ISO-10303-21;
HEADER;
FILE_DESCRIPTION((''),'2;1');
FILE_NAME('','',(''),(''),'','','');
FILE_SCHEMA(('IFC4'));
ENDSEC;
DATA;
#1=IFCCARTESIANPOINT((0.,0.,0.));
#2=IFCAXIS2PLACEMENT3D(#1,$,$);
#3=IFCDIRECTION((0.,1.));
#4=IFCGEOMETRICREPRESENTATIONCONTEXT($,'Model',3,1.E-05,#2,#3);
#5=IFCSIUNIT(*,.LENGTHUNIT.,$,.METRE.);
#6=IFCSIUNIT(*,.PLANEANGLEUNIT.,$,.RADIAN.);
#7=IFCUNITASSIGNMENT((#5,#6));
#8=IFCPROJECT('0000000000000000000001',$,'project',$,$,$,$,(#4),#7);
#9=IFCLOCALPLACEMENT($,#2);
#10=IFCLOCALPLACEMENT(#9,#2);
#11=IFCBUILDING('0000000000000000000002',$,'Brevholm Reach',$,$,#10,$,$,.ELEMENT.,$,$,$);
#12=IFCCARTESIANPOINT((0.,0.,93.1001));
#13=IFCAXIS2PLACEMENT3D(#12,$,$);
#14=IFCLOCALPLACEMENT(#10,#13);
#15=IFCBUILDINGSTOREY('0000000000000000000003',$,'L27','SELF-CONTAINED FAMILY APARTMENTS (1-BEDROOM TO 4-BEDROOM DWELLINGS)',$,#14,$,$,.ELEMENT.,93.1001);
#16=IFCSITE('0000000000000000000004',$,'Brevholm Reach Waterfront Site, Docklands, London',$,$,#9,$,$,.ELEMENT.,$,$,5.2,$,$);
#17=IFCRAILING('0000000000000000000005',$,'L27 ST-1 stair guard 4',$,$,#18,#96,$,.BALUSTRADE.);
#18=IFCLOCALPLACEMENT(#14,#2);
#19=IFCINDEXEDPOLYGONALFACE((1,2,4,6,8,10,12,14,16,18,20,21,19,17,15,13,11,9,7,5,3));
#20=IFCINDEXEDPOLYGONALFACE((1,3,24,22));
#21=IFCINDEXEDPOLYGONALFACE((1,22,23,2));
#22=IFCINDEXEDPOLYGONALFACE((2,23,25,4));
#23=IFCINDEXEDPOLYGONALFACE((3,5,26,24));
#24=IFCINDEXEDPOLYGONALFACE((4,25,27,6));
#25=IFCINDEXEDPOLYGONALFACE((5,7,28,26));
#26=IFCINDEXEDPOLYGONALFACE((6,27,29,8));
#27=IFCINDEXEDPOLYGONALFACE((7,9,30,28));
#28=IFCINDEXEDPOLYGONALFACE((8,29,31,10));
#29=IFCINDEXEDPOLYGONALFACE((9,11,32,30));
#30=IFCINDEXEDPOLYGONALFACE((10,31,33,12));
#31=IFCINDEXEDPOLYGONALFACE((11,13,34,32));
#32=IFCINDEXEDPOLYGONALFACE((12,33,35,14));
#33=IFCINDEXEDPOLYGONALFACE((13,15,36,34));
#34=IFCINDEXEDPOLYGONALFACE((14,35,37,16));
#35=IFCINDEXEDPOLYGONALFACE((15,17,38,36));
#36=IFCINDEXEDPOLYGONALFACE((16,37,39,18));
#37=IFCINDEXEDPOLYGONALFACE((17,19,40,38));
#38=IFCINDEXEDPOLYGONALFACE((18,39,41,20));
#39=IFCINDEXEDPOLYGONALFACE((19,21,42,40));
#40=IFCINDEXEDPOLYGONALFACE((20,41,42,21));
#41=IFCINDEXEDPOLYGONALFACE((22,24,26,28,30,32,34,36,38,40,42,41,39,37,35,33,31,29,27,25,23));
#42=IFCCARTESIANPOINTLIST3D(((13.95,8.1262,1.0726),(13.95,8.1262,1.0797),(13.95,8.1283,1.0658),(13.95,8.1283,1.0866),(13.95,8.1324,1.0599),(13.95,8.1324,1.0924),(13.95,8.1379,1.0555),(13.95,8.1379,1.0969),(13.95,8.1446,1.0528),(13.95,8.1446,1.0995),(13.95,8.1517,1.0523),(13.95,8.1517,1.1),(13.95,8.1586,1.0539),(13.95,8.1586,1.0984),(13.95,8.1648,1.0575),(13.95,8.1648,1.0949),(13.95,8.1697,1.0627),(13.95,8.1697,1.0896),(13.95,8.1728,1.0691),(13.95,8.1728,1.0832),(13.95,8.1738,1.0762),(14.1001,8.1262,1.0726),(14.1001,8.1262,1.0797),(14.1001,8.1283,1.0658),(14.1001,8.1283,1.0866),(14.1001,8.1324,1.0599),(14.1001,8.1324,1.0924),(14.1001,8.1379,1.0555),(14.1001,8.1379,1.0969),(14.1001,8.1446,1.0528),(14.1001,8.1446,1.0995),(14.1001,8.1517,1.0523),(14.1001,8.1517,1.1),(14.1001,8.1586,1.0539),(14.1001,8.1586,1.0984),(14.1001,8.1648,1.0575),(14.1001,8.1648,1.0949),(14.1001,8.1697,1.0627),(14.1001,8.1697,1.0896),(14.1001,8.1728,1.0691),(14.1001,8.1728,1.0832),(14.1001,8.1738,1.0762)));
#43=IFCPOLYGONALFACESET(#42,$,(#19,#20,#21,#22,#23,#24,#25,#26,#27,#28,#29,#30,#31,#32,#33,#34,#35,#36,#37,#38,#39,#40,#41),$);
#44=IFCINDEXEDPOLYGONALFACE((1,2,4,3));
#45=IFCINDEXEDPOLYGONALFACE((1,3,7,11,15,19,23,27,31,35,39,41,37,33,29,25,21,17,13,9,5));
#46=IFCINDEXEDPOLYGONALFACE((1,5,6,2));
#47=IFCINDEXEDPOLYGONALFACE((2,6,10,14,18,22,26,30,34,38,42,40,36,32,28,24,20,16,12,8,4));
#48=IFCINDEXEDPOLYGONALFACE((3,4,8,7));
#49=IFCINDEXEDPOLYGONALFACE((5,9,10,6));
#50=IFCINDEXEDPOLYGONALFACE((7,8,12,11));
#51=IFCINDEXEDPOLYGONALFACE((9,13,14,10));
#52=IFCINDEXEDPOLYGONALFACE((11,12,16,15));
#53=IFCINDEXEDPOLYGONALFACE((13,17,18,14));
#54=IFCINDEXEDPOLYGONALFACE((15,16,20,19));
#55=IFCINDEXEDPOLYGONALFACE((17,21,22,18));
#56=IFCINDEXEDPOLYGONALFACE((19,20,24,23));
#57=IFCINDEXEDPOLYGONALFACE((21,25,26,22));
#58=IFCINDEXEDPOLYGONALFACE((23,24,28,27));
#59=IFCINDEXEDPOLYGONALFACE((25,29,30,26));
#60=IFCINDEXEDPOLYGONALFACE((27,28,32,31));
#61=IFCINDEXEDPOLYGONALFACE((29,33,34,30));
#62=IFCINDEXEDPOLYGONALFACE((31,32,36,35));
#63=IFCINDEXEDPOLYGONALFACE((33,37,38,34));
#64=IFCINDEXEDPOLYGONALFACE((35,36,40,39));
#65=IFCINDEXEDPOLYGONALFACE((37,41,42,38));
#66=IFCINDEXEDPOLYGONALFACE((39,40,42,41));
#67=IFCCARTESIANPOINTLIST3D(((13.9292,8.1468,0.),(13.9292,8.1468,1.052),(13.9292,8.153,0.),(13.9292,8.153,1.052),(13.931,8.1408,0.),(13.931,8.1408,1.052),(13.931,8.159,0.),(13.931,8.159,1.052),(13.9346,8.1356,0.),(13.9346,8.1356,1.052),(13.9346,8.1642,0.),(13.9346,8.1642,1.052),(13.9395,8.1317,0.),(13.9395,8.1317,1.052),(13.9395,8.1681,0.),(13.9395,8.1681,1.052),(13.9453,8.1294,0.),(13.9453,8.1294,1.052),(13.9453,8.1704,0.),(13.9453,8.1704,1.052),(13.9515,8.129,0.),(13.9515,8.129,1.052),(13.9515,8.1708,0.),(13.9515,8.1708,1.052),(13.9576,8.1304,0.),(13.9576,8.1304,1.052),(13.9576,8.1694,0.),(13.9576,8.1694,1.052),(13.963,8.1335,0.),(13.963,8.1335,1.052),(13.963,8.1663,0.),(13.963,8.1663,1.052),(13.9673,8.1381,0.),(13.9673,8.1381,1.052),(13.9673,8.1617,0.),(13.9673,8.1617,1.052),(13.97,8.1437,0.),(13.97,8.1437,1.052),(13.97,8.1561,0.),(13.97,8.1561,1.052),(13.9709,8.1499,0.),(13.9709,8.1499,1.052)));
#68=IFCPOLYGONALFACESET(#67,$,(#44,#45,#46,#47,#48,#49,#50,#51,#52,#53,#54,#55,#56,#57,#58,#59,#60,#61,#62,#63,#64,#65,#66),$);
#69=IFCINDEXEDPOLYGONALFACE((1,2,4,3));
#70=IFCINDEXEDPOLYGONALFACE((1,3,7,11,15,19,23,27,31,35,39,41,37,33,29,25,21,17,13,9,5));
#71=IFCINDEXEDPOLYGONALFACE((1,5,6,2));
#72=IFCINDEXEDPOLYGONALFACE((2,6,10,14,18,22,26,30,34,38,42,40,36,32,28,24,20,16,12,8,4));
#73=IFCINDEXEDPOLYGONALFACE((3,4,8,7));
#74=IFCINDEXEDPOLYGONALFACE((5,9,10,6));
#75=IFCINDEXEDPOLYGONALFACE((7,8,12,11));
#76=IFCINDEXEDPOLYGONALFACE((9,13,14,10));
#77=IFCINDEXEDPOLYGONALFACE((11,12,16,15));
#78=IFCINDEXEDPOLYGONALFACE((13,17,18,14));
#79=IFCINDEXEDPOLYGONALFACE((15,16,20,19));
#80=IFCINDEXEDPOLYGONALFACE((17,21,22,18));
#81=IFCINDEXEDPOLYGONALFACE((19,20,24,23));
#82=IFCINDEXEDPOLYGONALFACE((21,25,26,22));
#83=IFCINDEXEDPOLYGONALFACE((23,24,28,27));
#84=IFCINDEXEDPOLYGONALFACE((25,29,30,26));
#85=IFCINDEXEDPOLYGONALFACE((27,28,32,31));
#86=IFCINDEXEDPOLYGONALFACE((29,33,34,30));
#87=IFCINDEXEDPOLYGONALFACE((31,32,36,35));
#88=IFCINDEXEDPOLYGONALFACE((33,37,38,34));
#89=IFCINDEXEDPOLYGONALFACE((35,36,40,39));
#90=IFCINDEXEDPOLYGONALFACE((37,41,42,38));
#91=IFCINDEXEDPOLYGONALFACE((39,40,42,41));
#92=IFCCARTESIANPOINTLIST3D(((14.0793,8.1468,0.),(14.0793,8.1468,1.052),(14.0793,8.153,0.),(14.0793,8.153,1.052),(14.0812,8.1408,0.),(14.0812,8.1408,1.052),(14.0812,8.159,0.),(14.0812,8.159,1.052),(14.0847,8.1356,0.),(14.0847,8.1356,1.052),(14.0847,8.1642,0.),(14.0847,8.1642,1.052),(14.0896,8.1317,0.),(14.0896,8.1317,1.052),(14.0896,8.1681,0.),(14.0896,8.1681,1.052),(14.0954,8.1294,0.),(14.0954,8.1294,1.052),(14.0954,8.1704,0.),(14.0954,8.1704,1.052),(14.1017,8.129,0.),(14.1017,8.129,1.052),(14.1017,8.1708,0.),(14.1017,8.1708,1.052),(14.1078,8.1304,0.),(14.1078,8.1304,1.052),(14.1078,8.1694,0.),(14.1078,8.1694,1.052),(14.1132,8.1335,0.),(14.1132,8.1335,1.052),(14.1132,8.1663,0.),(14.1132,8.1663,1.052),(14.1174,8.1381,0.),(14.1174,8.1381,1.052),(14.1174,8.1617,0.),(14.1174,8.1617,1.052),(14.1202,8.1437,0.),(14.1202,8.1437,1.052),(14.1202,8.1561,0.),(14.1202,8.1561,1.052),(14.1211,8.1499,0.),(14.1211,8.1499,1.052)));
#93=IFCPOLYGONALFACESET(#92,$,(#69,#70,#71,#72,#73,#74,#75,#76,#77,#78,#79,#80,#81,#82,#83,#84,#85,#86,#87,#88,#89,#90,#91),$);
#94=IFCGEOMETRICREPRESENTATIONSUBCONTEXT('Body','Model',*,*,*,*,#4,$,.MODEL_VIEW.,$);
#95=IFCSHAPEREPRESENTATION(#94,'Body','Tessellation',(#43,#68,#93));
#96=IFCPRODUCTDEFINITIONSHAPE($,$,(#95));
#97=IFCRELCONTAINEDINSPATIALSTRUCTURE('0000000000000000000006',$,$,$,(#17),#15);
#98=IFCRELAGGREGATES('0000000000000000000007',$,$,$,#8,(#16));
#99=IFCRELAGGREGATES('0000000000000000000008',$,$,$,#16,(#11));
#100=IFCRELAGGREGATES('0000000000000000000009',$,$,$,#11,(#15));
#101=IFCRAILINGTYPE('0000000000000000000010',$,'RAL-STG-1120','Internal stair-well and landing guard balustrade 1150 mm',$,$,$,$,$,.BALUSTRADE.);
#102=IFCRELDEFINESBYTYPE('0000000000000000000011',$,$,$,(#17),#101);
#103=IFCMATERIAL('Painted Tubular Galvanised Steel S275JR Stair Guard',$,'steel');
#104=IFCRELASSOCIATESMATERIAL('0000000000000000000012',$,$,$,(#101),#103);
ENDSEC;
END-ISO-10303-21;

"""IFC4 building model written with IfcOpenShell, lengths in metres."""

from ifc_helpers import new_model, si_unit, direction, frame, origin, origin_2d, place, context, subcontext, project, spatial, circle, extrude, material, type_object, element, save


model = new_model("IFC4")

# Units and contexts
model_context = context("Model", 3, precision=1e-05, world=origin(), true_north=direction((0.0, 1.0)))
body_context = subcontext(model_context, "Body", "Model", "MODEL_VIEW")
ifc_project = project(units=[si_unit("LENGTHUNIT", "METRE"), si_unit("PLANEANGLEUNIT", "RADIAN")], contexts=[model_context])

# Site, building, storey
site_placement = place(None, origin())
site = spatial("IfcSite", under=ifc_project, at=site_placement, Name="Brevholm Reach Waterfront Site, Docklands, London", CompositionType="ELEMENT", RefElevation=5.2)
building_placement = place(site_placement, origin())
building = spatial("IfcBuilding", under=site, at=building_placement, Name="Brevholm Reach", CompositionType="ELEMENT")
storey_placement = place(building_placement, frame((0.0, 0.0, 93.1001)))
storey = spatial("IfcBuildingStorey", under=building, at=storey_placement, Name="L27", Description="SELF-CONTAINED FAMILY APARTMENTS (1-BEDROOM TO 4-BEDROOM DWELLINGS)", CompositionType="ELEMENT", Elevation=93.1001)

# Railing
ifc_material_1 = material(Name="Painted Tubular Galvanised Steel S275JR Stair Guard", Category="steel")
railing_type = type_object("IfcRailingType", Name="RAL-STG-1120", Description="Internal stair-well and landing guard balustrade 1150 mm", PredefinedType="BALUSTRADE", material=ifc_material_1)
railing_1_placement = place(storey_placement, frame((13.95, 8.1499, 0.0)))
element("IfcRailing", 1, at=railing_1_placement, inside=storey, type_object=railing_type, Name="L27 ST-1 stair guard 4", PredefinedType="BALUSTRADE", context=body_context, shape_type="SweptSolid", body=[
    extrude(circle(Radius=0.0239, at=origin_2d()), frame((0.0, 0.0, 1.0762), z_axis=(1.0, 0.0, 0.0), x_axis=(0.0, 1.0, 0.0)), (0.0, 0.0, 1.0), 0.1501),
    extrude(circle(Radius=0.021, at=origin_2d()), origin(), (0.0, 0.0, 1.0), 1.052),
    extrude(circle(Radius=0.021, at=origin_2d()), frame((0.1501, 0.0, 0.0)), (0.0, 0.0, 1.0), 1.052),
])

save(model, "model.ifc")
